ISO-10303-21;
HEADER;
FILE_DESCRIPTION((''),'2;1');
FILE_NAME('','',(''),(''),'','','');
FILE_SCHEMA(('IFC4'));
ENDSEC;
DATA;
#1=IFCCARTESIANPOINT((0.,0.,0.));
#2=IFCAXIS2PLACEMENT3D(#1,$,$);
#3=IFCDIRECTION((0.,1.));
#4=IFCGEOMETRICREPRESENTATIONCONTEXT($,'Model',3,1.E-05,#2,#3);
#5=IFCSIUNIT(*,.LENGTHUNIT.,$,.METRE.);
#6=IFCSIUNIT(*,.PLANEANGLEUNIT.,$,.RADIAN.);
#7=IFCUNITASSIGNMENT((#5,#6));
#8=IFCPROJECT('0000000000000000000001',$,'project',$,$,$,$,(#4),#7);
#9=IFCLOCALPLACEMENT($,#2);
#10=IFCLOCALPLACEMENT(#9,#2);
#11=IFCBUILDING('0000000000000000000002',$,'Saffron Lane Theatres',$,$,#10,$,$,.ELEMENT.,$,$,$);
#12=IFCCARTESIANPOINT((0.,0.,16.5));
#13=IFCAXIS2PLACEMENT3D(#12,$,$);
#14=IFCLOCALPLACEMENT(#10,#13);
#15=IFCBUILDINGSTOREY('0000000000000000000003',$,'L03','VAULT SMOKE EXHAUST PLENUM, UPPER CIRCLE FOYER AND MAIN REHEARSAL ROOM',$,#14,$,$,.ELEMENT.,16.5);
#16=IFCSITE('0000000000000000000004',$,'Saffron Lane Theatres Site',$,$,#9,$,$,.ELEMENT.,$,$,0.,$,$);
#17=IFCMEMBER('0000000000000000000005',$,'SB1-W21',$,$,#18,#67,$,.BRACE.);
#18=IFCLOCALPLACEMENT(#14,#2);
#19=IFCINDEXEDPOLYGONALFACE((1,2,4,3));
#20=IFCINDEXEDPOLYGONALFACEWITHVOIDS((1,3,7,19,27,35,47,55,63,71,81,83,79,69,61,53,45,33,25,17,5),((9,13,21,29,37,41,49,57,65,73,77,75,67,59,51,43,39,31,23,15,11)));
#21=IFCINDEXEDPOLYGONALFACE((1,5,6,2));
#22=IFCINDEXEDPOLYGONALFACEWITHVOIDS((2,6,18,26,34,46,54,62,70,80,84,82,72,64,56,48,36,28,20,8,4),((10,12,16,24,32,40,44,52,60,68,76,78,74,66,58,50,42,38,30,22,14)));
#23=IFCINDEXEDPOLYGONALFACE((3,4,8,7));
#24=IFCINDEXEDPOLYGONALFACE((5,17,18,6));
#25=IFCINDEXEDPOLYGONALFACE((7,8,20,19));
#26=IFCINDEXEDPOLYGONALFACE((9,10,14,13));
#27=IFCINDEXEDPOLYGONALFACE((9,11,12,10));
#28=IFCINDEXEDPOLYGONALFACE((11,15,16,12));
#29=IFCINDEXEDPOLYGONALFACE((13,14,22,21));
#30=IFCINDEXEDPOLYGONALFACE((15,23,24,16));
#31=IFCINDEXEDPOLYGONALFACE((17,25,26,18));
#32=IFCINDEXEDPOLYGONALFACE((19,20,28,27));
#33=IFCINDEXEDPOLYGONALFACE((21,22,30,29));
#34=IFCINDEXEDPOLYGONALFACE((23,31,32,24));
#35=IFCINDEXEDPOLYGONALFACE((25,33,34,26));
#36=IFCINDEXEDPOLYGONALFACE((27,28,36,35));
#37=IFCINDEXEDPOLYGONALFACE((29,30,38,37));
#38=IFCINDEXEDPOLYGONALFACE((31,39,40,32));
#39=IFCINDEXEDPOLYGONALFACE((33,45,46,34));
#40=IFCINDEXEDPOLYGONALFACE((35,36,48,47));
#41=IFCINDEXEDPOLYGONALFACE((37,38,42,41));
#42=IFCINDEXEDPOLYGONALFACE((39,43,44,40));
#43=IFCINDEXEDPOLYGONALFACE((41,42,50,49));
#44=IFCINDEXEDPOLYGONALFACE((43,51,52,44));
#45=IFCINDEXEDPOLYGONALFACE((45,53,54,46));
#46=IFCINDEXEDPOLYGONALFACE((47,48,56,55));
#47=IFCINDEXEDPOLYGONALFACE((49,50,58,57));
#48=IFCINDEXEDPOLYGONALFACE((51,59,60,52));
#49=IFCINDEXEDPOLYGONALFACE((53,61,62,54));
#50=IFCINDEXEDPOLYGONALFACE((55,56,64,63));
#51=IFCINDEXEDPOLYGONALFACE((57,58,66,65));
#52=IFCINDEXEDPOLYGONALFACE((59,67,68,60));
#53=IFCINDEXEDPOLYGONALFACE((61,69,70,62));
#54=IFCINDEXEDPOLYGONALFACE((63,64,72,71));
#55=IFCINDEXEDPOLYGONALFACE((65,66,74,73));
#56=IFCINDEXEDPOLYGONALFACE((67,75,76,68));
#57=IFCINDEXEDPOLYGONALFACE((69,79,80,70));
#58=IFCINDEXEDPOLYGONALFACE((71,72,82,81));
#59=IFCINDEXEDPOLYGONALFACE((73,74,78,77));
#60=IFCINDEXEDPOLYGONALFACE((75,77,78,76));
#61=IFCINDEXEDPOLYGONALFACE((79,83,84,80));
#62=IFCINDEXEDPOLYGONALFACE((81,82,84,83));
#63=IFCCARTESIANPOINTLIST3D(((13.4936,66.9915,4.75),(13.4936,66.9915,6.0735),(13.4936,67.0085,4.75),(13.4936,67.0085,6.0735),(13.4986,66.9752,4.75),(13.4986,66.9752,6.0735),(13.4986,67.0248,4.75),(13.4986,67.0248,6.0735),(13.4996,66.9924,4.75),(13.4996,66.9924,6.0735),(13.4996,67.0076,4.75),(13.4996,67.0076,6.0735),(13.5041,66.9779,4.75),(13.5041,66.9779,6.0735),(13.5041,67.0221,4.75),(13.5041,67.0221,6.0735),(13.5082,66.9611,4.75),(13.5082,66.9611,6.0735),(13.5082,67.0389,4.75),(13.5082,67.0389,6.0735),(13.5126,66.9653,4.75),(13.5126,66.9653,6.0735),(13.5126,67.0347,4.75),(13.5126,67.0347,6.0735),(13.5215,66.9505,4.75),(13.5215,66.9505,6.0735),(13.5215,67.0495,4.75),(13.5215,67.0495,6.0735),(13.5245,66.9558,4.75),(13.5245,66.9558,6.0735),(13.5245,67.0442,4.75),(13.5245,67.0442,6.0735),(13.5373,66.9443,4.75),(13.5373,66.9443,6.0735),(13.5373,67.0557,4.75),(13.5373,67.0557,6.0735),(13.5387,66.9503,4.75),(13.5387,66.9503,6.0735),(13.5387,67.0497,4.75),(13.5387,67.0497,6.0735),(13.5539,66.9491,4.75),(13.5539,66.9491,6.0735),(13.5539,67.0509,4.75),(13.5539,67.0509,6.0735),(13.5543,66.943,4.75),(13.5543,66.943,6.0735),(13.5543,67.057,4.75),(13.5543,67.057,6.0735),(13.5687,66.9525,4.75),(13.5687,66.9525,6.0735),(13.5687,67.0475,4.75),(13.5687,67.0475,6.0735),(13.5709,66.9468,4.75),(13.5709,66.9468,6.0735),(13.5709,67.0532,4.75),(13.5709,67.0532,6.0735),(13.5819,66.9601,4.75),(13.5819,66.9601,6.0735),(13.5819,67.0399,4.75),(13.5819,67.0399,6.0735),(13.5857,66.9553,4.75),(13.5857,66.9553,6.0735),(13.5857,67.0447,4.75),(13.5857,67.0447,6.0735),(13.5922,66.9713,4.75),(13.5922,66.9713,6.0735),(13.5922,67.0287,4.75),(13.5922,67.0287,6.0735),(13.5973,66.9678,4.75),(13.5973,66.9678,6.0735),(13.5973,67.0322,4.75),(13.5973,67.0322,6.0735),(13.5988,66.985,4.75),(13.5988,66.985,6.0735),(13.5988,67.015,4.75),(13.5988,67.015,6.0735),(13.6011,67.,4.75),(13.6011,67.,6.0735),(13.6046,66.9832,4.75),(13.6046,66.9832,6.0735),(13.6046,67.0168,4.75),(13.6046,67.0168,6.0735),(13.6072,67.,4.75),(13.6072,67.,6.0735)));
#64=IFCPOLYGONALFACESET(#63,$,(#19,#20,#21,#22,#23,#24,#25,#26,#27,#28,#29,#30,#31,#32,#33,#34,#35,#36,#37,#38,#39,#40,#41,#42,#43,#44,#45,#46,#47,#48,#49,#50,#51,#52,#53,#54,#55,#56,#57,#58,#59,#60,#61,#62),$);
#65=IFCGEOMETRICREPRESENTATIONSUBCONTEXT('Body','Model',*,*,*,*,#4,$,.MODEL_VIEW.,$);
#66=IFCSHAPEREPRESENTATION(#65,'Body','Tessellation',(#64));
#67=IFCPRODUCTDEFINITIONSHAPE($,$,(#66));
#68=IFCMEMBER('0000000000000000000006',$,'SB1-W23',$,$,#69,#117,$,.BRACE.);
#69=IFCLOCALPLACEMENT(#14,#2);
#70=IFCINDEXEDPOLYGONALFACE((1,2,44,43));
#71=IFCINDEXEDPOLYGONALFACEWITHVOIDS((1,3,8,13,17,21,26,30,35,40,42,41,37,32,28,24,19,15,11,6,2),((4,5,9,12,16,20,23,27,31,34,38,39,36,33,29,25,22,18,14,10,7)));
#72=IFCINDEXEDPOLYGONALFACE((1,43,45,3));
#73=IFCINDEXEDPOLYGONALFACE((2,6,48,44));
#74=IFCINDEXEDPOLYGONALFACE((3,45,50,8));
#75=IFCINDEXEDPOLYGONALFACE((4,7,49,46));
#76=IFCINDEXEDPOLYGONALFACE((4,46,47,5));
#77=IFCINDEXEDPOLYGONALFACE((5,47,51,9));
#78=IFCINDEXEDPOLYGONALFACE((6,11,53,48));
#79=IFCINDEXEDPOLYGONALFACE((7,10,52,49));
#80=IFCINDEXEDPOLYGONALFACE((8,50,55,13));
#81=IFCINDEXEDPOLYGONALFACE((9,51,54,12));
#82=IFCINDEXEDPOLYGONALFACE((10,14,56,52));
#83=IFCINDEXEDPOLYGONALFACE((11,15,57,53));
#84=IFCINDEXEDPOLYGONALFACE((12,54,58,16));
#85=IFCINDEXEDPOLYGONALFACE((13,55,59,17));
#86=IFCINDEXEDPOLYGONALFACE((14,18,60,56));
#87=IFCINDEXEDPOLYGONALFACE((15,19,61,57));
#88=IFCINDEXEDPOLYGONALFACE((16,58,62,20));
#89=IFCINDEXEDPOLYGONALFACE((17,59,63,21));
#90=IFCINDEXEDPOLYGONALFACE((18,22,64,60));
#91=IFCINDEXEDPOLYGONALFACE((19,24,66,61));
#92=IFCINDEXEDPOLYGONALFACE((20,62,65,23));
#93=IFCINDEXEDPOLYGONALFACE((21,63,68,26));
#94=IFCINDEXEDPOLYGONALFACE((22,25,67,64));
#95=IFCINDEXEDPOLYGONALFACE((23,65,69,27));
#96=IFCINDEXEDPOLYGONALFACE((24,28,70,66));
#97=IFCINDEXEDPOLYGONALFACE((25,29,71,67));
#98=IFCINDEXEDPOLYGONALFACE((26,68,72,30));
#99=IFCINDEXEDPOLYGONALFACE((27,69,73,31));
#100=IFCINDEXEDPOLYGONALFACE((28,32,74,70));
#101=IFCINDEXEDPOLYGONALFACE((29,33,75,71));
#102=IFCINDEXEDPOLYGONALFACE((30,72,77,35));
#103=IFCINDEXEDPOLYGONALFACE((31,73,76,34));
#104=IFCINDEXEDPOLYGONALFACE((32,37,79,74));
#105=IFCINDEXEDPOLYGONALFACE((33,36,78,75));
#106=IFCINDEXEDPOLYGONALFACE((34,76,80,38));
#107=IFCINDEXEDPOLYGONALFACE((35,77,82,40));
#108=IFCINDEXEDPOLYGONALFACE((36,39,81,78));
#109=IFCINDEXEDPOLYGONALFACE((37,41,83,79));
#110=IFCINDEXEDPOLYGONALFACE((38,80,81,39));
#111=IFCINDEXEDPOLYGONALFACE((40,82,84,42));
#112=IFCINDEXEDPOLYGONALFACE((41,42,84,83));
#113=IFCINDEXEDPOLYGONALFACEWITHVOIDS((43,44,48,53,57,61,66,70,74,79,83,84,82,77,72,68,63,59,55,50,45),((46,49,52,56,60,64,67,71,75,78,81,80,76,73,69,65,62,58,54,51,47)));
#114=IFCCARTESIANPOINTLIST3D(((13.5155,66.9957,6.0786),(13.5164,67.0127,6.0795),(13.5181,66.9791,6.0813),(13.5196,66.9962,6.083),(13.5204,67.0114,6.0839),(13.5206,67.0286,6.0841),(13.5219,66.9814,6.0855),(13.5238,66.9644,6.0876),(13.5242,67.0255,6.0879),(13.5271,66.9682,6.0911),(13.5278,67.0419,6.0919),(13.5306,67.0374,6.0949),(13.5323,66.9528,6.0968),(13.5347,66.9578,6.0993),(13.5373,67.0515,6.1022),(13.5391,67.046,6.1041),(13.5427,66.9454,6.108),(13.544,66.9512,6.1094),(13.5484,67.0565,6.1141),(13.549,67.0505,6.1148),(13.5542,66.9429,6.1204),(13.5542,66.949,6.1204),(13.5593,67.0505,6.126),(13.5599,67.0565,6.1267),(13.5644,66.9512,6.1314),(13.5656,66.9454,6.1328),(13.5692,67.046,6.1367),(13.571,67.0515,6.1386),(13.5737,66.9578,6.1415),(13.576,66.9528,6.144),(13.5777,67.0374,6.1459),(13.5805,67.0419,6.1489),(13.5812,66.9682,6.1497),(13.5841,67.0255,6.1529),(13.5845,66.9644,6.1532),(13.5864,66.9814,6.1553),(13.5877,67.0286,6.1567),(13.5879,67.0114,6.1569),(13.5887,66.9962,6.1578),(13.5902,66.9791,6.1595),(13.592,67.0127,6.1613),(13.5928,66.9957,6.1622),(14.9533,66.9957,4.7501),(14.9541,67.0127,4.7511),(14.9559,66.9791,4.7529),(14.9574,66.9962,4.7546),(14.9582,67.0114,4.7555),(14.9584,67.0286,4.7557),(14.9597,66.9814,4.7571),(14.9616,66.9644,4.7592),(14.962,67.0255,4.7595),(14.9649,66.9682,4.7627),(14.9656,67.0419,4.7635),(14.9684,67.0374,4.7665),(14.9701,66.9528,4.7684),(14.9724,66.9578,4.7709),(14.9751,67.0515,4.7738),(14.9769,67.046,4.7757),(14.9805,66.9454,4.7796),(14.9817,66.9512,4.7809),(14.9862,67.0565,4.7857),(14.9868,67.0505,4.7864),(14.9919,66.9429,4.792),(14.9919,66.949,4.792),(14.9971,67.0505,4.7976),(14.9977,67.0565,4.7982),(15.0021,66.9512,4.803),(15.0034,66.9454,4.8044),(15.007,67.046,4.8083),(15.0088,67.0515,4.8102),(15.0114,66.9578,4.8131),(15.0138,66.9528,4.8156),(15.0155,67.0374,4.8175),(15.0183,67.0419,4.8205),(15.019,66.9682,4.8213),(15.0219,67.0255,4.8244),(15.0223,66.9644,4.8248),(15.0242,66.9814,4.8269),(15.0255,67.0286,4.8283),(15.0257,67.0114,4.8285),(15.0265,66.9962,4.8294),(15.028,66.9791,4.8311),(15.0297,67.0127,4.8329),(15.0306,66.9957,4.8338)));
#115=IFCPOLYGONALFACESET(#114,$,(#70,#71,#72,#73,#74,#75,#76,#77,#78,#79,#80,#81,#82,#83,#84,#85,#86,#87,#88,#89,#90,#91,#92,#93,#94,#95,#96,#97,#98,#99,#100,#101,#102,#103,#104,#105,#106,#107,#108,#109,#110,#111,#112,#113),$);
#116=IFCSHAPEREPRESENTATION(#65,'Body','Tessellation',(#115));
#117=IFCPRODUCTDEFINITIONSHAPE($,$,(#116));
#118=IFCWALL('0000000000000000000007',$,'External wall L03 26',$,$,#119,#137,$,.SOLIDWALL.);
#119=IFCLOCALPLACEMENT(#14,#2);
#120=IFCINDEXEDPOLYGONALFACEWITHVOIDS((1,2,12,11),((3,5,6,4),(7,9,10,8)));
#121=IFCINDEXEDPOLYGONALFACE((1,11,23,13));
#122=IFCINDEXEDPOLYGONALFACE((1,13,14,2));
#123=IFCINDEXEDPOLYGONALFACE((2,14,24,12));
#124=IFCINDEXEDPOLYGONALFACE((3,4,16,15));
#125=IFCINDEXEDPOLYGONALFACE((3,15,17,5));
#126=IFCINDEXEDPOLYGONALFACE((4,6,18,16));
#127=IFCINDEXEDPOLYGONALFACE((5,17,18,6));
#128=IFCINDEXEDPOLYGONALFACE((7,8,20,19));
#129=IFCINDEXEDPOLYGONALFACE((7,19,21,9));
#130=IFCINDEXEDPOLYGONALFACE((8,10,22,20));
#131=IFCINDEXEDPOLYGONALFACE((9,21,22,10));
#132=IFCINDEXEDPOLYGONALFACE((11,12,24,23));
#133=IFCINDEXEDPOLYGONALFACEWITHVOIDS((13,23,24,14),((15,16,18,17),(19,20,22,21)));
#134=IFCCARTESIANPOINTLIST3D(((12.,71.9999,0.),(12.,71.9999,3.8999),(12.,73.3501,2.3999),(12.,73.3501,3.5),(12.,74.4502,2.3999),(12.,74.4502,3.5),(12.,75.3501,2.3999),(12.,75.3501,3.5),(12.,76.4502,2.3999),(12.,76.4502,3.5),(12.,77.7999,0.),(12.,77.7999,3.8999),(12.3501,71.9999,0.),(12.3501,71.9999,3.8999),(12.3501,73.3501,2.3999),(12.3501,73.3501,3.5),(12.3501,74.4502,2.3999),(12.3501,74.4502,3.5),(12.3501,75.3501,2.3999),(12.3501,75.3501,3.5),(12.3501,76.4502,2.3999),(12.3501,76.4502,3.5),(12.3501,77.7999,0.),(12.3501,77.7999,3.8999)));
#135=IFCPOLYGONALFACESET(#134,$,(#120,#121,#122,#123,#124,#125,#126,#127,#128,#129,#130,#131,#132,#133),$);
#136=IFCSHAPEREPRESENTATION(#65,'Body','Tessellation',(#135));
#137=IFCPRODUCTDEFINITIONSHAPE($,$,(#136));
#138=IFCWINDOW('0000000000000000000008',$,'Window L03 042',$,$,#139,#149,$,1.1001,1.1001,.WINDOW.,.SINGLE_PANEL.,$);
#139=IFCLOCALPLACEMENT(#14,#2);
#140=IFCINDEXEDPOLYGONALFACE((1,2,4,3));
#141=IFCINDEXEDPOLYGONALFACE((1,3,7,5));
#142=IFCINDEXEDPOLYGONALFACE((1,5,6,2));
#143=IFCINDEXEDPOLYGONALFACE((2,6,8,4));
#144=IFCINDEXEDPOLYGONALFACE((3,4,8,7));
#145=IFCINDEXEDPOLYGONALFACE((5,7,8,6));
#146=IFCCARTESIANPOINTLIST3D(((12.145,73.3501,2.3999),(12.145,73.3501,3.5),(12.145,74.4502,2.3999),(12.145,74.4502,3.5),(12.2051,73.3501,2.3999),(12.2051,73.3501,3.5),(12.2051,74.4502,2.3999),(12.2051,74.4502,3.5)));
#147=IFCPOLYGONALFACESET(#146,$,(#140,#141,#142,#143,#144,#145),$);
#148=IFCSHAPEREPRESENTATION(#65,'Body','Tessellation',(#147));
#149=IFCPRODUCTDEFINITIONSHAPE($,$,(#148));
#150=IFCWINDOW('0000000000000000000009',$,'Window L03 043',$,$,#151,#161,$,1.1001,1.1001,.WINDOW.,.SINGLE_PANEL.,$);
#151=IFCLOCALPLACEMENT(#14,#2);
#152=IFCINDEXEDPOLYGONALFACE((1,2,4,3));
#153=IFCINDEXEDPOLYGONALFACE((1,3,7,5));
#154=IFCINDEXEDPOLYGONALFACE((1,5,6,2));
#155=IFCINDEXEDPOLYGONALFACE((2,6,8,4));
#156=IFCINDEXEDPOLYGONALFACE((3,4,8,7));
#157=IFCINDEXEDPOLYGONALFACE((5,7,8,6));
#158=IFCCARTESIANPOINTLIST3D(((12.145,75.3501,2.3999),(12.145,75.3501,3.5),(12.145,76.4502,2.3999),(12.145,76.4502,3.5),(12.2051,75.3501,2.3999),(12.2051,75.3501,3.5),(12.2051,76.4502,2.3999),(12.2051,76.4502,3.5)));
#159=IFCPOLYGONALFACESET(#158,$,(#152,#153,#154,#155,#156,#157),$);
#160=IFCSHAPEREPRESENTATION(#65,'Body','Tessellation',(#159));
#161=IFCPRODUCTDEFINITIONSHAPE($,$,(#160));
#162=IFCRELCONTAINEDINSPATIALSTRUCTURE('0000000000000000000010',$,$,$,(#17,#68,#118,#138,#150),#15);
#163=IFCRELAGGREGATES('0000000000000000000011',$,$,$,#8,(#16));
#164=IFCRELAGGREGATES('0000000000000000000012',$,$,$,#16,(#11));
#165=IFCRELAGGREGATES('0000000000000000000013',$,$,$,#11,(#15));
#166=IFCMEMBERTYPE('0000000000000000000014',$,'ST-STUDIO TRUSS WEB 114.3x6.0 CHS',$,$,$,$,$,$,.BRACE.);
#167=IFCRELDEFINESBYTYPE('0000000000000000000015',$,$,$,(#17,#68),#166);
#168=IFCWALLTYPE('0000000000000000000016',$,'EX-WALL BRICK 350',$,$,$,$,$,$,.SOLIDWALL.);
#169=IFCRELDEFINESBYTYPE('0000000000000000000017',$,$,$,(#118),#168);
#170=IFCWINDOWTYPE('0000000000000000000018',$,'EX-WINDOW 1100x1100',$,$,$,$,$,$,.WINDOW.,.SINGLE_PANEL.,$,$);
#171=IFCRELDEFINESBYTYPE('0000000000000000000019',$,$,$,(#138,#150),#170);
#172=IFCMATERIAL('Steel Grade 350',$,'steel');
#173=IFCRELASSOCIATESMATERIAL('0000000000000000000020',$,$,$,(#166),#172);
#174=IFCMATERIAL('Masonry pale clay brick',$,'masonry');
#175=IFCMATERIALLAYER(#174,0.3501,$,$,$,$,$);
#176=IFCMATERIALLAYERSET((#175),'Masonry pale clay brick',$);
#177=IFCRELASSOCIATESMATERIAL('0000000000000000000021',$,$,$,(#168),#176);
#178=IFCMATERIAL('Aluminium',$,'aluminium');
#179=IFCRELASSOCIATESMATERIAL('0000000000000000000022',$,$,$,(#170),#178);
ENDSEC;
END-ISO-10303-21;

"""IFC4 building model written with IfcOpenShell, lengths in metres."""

from ifc_helpers import new_model, si_unit, direction, frame, frame_2d, origin, origin_2d, place, context, subcontext, project, spatial, rectangle, hollow_circle, extrude, material, layer, layer_set, material_profile, profile_set, type_object, element, fill, save


model = new_model("IFC4")

# Units and contexts
model_context = context("Model", 3, precision=1e-05, world=origin(), true_north=direction((0.0, 1.0)))
body_context = subcontext(model_context, "Body", "Model", "MODEL_VIEW")
ifc_project = project(units=[si_unit("LENGTHUNIT", "METRE"), si_unit("PLANEANGLEUNIT", "RADIAN")], contexts=[model_context])

# Site, building, storey
site_placement = place(None, origin())
site = spatial("IfcSite", under=ifc_project, at=site_placement, Name="Saffron Lane Theatres Site", CompositionType="ELEMENT", RefElevation=0.0)
building_placement = place(site_placement, origin())
building = spatial("IfcBuilding", under=site, at=building_placement, Name="Saffron Lane Theatres", CompositionType="ELEMENT")
storey_placement = place(building_placement, frame((0.0, 0.0, 16.5)))
storey = spatial("IfcBuildingStorey", under=building, at=storey_placement, Name="L03", Description="VAULT SMOKE EXHAUST PLENUM, UPPER CIRCLE FOYER AND MAIN REHEARSAL ROOM", CompositionType="ELEMENT", Elevation=16.5)

# Members
ifc_material_1 = material(Name="Steel Grade 350", Category="steel")
ifc_material_profile_1 = material_profile(ifc_material_1, hollow_circle(Radius=0.0571, WallThickness=0.0061, at=origin_2d()))
ifc_profile_set_1 = profile_set([ifc_material_profile_1], Name="Steel Grade 350")
member_type_1 = type_object("IfcMemberType", Name="ST-STUDIO TRUSS WEB 114.3x6.0 CHS", PredefinedType="BRACE", material=ifc_profile_set_1)
member_1_placement = place(storey_placement, frame((13.55, 67.0, 4.75), z_axis=(0.0, 0.0, 1.0), x_axis=(1.0, 0.0, 0.0)))
element("IfcMember", 1, at=member_1_placement, inside=storey, type_object=member_type_1, Name="SB1-W21", PredefinedType="BRACE", context=body_context, shape_type="SweptSolid", body=[
    extrude(hollow_circle(Radius=0.0571, WallThickness=0.0061, at=origin_2d()), origin(), (0.0, 0.0, 1.0), 1.3235),
])
member_2_placement = place(storey_placement, frame((14.9919, 67.0, 4.792), z_axis=(-0.734493, 0.0, 0.678617), x_axis=(0.0, -1.0, 0.0)))
element("IfcMember", 2, at=member_2_placement, inside=storey, type_object=member_type_1, Name="SB1-W23", PredefinedType="BRACE", context=body_context, shape_type="SweptSolid", body=[
    extrude(hollow_circle(Radius=0.0571, WallThickness=0.0061, at=origin_2d()), origin(), (0.0, 0.0, 1.0), 1.9575),
])

# Wall, openings, windows
ifc_material_2 = material(Name="Masonry pale clay brick", Category="masonry")
ifc_layer_1 = layer(ifc_material_2, 0.3501)
ifc_layer_set_1 = layer_set([ifc_layer_1], Name="Masonry pale clay brick")
wall_type_1 = type_object("IfcWallType", Name="EX-WALL BRICK 350", PredefinedType="SOLIDWALL", material=ifc_layer_set_1)
wall_1_placement = place(storey_placement, frame((12.175, 72.0, 0.0), z_axis=(0.0, 0.0, 1.0), x_axis=(0.0, 1.0, 0.0)))
wall_1 = element("IfcWall", 3, at=wall_1_placement, inside=storey, type_object=wall_type_1, Name="External wall L03 26", PredefinedType="SOLIDWALL", context=body_context, shape_type="SweptSolid", body=[
    extrude(rectangle(XDim=5.8, YDim=0.3501, at=frame_2d((2.8999, 0.0))), origin(), (0.0, 0.0, 1.0), 3.8999),
])
opening_1_placement = place(wall_1_placement, frame((1.3501, 0.0, 2.3999)))
opening_1 = element("IfcOpeningElement", 4, at=opening_1_placement, cuts=wall_1, PredefinedType="OPENING", context=body_context, shape_type="SweptSolid", body=[
    extrude(rectangle(XDim=1.1001, YDim=1.1001, at=frame_2d((0.55, 0.55))), frame((0.0, 0.1851, 0.0), z_axis=(0.0, -1.0, 0.0), x_axis=(1.0, 0.0, 0.0)), (0.0, 0.0, 1.0), 0.3701),
])
opening_2_placement = place(wall_1_placement, frame((3.3501, 0.0, 2.3999)))
opening_2 = element("IfcOpeningElement", 5, at=opening_2_placement, cuts=wall_1, PredefinedType="OPENING", context=body_context, shape_type="SweptSolid", body=[
    extrude(rectangle(XDim=1.1001, YDim=1.1001, at=frame_2d((0.55, 0.55))), frame((0.0, 0.1851, 0.0), z_axis=(0.0, -1.0, 0.0), x_axis=(1.0, 0.0, 0.0)), (0.0, 0.0, 1.0), 0.3701),
])
ifc_material_3 = material(Name="Aluminium", Category="aluminium")
window_type = type_object("IfcWindowType", Name="EX-WINDOW 1100x1100", PartitioningType="SINGLE_PANEL", PredefinedType="WINDOW", material=ifc_material_3)
window_1_placement = place(opening_1_placement, origin())
window_1 = element("IfcWindow", 6, at=window_1_placement, inside=storey, type_object=window_type, Name="Window L03 042", OverallHeight=1.1001, OverallWidth=1.1001, PartitioningType="SINGLE_PANEL", PredefinedType="WINDOW", context=body_context, shape_type="SweptSolid", body=[
    extrude(rectangle(XDim=1.1001, YDim=1.1001, at=frame_2d((0.55, 0.55))), frame((0.0, 0.03, 0.0), z_axis=(0.0, -1.0, 0.0), x_axis=(1.0, 0.0, 0.0)), (0.0, 0.0, 1.0), 0.0601),
])
fill(opening_1, window_1)
window_2_placement = place(opening_2_placement, origin())
window_2 = element("IfcWindow", 7, at=window_2_placement, inside=storey, type_object=window_type, Name="Window L03 043", OverallHeight=1.1001, OverallWidth=1.1001, PartitioningType="SINGLE_PANEL", PredefinedType="WINDOW", context=body_context, shape_type="SweptSolid", body=[
    extrude(rectangle(XDim=1.1001, YDim=1.1001, at=frame_2d((0.55, 0.55))), frame((0.0, 0.03, 0.0), z_axis=(0.0, -1.0, 0.0), x_axis=(1.0, 0.0, 0.0)), (0.0, 0.0, 1.0), 0.0601),
])
fill(opening_2, window_2)

save(model, "model.ifc")
